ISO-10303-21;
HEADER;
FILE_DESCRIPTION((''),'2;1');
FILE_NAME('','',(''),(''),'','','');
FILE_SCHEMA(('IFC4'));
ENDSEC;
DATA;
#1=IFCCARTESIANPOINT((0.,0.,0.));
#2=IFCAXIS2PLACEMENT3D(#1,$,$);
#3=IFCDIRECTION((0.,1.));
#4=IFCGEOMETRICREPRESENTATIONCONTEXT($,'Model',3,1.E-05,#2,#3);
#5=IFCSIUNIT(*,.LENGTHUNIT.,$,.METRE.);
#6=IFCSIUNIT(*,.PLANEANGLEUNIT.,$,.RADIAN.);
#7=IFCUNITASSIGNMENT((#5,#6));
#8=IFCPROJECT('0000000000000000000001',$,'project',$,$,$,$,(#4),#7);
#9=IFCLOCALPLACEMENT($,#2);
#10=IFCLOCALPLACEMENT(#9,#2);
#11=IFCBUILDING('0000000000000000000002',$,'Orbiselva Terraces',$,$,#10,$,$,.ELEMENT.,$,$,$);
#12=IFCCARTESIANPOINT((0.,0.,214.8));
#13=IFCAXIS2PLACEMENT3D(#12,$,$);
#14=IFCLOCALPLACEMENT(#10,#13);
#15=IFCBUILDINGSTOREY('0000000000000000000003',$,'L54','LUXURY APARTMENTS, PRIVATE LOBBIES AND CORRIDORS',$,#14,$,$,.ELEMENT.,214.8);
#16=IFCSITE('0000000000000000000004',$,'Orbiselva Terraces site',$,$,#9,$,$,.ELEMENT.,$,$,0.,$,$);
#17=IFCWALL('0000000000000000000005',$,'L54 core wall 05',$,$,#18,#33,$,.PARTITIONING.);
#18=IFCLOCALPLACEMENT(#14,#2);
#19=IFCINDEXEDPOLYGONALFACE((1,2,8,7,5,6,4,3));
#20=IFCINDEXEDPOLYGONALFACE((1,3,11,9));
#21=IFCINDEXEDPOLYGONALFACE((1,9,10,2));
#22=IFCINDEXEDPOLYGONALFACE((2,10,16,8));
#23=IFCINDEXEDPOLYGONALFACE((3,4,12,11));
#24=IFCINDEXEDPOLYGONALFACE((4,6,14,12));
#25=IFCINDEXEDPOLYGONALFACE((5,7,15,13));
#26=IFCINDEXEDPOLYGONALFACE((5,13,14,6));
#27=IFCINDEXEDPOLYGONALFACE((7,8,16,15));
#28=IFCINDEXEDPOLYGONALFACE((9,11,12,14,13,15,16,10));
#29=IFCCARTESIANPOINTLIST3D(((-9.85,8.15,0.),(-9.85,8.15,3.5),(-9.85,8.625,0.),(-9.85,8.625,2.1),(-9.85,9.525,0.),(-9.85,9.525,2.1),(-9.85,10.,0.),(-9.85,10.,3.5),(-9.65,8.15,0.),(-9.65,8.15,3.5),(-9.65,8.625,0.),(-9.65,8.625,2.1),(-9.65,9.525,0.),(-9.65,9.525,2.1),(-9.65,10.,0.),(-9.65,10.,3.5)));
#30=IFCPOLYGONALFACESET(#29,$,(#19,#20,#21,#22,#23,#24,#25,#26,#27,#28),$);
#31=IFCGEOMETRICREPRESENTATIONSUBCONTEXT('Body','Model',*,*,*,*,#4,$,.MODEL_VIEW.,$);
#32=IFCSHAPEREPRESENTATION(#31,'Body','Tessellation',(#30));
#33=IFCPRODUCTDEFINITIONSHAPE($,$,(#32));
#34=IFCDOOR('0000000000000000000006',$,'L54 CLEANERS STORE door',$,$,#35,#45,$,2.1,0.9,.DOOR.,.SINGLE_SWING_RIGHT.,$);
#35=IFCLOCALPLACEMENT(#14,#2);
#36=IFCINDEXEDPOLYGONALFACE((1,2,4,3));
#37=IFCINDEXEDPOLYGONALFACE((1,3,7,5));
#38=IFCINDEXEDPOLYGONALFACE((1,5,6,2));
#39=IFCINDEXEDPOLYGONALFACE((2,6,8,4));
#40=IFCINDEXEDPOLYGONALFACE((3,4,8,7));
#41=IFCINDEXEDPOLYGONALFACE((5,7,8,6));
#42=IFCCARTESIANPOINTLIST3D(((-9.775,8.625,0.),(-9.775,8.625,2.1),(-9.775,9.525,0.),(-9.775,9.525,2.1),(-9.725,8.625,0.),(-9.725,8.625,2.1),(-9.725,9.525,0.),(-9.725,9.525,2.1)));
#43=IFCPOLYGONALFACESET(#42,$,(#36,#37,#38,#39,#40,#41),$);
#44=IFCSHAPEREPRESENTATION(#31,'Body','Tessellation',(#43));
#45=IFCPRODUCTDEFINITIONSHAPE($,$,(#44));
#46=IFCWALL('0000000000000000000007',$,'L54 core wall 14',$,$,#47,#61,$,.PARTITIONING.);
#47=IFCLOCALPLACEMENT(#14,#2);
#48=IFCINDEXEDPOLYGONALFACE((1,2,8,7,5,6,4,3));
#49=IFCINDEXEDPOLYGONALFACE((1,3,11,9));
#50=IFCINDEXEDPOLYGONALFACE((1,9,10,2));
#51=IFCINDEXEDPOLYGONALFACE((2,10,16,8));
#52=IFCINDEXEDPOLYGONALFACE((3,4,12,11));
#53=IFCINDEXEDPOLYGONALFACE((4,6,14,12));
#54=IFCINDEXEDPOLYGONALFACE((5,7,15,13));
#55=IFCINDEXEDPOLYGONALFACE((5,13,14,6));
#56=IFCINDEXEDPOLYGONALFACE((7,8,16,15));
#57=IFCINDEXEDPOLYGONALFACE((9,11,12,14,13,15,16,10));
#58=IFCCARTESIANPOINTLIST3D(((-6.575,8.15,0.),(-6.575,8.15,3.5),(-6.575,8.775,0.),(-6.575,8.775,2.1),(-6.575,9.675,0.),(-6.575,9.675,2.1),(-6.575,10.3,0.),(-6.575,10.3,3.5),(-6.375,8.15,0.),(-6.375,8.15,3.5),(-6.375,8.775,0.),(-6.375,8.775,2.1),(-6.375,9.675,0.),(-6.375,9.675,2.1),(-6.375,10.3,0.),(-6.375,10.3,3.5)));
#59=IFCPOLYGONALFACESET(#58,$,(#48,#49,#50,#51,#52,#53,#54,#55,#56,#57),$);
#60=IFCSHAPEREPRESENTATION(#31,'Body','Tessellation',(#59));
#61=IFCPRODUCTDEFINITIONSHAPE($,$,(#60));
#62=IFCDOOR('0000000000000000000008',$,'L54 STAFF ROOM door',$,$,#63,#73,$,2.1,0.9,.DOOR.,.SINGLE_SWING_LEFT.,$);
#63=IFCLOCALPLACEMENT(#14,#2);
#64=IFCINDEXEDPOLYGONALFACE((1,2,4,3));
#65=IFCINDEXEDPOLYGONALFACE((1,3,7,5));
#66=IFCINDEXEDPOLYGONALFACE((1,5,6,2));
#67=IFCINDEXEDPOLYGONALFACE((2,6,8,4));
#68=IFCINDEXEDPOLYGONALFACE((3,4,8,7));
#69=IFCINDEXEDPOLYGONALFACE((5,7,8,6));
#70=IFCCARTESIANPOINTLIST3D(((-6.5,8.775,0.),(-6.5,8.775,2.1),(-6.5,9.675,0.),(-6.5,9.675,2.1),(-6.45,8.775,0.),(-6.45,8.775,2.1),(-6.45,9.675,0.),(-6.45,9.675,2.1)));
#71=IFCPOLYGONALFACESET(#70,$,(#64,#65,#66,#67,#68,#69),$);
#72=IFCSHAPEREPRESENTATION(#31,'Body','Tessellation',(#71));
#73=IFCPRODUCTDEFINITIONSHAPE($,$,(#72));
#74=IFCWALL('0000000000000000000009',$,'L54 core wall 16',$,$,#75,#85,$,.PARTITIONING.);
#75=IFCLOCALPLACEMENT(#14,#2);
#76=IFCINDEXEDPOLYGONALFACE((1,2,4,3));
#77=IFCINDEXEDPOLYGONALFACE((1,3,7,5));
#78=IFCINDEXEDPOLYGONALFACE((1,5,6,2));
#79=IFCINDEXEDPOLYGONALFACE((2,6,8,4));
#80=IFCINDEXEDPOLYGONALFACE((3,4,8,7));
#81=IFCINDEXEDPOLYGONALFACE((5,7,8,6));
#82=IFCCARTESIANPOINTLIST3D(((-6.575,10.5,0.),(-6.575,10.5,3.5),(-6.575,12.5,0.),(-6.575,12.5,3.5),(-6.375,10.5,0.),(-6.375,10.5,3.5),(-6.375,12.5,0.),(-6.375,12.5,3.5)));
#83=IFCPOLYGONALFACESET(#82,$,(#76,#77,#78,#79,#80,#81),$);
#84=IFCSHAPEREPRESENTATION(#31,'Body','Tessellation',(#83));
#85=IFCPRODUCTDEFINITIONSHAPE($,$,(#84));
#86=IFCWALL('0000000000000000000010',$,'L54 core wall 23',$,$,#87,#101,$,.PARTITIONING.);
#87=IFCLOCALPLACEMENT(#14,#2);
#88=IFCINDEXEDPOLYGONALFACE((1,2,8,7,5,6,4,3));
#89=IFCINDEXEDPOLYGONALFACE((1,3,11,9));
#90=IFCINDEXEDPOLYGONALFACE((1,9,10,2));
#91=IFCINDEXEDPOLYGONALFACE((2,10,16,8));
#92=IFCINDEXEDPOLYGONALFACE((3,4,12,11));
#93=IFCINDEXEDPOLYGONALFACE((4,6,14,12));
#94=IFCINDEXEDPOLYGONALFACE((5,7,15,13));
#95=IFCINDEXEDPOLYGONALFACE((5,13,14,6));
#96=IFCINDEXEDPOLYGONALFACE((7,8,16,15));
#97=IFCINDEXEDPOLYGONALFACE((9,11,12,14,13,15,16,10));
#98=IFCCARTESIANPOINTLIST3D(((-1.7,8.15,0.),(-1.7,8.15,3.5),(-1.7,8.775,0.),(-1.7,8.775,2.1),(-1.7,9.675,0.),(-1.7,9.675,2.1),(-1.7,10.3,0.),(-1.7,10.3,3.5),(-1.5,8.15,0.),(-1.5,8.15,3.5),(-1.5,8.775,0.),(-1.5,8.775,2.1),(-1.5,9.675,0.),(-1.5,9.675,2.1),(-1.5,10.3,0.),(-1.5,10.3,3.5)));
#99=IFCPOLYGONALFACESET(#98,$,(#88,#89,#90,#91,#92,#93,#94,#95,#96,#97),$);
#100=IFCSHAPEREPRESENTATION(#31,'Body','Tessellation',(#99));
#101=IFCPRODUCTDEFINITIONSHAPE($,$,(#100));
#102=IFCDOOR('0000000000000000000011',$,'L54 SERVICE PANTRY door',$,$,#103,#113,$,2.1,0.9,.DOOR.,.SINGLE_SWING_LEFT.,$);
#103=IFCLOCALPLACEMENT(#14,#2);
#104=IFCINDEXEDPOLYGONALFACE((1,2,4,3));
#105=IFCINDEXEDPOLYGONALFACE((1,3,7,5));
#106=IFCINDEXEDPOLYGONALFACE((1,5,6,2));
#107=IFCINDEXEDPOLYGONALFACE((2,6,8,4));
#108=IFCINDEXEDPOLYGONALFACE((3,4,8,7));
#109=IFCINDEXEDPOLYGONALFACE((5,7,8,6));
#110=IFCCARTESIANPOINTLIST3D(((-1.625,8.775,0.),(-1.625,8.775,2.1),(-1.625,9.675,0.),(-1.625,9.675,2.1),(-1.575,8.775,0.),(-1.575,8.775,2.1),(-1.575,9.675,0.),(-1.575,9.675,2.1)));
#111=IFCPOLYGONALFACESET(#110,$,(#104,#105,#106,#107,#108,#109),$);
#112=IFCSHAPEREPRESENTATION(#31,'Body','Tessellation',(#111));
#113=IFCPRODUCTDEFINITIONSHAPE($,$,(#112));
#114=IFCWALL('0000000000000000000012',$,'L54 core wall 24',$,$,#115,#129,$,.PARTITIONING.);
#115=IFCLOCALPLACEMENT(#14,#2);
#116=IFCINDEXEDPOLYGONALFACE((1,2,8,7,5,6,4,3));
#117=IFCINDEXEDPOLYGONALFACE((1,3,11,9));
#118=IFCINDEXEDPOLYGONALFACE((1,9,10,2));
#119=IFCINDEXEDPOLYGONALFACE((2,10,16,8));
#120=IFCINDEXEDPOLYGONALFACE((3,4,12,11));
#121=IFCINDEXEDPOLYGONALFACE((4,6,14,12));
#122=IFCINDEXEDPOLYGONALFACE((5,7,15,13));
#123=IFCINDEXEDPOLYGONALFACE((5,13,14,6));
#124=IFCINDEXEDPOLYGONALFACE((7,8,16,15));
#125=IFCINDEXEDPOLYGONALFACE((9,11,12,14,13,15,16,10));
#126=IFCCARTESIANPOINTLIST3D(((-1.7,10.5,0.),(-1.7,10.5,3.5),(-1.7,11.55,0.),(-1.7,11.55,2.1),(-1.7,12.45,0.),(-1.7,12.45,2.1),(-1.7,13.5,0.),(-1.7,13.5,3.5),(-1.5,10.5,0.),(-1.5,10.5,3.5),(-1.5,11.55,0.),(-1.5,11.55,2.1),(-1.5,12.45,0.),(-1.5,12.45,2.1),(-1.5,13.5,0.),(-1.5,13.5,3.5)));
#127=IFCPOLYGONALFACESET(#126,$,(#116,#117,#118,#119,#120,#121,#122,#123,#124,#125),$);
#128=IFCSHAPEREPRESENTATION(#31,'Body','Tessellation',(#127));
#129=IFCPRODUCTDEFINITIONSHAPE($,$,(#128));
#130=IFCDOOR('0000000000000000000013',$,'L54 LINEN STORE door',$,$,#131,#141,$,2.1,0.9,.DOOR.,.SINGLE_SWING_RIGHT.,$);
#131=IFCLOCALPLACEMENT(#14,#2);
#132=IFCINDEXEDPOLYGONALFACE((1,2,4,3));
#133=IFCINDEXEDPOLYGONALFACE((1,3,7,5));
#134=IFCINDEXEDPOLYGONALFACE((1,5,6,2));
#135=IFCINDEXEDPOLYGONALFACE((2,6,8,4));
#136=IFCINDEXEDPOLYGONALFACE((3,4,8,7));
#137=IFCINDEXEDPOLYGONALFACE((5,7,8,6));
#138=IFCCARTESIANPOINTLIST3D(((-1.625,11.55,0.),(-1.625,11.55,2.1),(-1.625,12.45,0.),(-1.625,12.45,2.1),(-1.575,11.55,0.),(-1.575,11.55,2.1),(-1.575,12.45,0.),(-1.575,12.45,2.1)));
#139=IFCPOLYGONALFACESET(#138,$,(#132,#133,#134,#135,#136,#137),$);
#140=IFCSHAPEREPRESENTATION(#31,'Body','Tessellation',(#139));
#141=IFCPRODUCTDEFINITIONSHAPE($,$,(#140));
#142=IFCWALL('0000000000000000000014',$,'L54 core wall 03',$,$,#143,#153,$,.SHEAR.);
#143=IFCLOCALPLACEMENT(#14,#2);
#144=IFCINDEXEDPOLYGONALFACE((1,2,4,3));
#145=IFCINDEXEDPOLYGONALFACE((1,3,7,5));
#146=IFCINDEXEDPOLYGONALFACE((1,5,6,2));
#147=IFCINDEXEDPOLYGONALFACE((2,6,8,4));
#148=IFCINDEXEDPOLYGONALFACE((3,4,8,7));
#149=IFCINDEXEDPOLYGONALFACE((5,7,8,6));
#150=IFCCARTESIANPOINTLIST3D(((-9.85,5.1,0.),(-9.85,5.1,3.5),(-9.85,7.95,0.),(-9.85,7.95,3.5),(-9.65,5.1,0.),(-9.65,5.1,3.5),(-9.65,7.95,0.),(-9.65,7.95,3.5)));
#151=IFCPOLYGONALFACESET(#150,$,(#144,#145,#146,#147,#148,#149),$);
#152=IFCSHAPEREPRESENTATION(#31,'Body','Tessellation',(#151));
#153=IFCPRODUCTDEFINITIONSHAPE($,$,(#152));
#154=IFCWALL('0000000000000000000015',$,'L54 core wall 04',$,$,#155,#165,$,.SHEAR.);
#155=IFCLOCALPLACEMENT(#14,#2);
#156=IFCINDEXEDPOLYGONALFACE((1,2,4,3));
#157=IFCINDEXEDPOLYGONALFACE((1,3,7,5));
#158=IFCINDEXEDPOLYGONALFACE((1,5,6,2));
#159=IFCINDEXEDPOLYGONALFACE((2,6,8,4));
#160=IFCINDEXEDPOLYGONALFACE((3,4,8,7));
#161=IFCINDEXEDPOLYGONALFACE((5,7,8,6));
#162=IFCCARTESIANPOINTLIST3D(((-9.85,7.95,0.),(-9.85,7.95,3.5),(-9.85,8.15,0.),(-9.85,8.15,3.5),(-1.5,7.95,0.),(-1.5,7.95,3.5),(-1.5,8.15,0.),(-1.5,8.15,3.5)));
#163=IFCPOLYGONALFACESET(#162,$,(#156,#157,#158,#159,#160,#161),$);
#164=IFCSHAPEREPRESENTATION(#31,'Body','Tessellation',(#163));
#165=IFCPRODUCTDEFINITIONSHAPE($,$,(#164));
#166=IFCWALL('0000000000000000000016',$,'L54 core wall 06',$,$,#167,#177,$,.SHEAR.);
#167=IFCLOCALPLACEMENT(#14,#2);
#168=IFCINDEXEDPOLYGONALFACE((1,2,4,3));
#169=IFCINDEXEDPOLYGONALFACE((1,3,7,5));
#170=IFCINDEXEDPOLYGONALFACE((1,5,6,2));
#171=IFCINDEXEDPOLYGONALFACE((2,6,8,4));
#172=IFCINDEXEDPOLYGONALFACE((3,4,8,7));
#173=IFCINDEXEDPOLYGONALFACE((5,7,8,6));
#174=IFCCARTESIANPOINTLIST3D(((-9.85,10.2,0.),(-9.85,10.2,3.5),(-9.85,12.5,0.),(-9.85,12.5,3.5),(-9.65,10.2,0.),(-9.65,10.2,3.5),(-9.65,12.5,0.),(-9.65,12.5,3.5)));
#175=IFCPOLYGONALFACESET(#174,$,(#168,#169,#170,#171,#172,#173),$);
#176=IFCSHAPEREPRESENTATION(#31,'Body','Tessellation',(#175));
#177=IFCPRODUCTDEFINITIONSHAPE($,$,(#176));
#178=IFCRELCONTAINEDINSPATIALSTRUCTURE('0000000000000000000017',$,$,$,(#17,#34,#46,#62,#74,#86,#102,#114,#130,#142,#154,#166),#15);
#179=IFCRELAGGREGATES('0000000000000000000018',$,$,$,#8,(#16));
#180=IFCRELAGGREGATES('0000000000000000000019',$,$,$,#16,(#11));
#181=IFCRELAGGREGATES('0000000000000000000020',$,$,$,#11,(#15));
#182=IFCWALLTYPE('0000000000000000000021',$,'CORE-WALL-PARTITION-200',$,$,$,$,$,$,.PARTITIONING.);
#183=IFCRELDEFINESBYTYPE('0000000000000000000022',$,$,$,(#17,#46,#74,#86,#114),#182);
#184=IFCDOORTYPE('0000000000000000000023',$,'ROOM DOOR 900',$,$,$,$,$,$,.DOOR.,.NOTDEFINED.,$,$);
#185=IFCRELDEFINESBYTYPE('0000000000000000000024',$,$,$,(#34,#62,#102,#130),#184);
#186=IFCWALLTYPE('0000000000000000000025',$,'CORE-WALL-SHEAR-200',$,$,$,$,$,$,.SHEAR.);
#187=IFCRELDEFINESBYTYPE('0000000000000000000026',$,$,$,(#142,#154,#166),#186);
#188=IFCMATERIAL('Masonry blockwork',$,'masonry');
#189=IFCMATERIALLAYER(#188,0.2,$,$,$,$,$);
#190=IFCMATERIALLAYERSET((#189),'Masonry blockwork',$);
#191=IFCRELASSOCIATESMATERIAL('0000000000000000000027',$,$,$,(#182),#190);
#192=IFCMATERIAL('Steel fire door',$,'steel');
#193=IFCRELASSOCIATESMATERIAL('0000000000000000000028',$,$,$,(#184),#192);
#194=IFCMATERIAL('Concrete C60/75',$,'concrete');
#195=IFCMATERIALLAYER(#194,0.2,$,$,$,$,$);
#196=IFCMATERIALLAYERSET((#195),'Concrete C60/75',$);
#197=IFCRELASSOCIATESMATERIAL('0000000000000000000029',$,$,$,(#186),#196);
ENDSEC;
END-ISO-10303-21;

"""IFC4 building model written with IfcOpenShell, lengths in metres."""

from ifc_helpers import new_model, si_unit, direction, frame, frame_2d, origin, place, context, subcontext, project, spatial, rectangle, extrude, material, layer, layer_set, type_object, element, fill, save


model = new_model("IFC4")

# Units and contexts
model_context = context("Model", 3, precision=1e-05, world=origin(), true_north=direction((0.0, 1.0)))
body_context = subcontext(model_context, "Body", "Model", "MODEL_VIEW")
ifc_project = project(units=[si_unit("LENGTHUNIT", "METRE"), si_unit("PLANEANGLEUNIT", "RADIAN")], contexts=[model_context])

# Site, building, storey
site_placement = place(None, origin())
site = spatial("IfcSite", under=ifc_project, at=site_placement, Name="Orbiselva Terraces site", CompositionType="ELEMENT", RefElevation=0.0)
building_placement = place(site_placement, origin())
building = spatial("IfcBuilding", under=site, at=building_placement, Name="Orbiselva Terraces", CompositionType="ELEMENT")
storey_placement = place(building_placement, frame((0.0, 0.0, 214.8)))
storey = spatial("IfcBuildingStorey", under=building, at=storey_placement, Name="L54", Description="LUXURY APARTMENTS, PRIVATE LOBBIES AND CORRIDORS", CompositionType="ELEMENT", Elevation=214.8)

# Walls, openings, doors
ifc_material_1 = material(Name="Masonry blockwork", Category="masonry")
ifc_layer_1 = layer(ifc_material_1, 0.2)
ifc_layer_set_1 = layer_set([ifc_layer_1], Name="Masonry blockwork")
wall_type_1 = type_object("IfcWallType", Name="CORE-WALL-PARTITION-200", PredefinedType="PARTITIONING", material=ifc_layer_set_1)
wall_1_placement = place(storey_placement, frame((-9.75, 8.15, 0.0), z_axis=(0.0, 0.0, 1.0), x_axis=(0.0, 1.0, 0.0)))
wall_1 = element("IfcWall", 1, at=wall_1_placement, inside=storey, type_object=wall_type_1, Name="L54 core wall 05", PredefinedType="PARTITIONING", context=body_context, shape_type="SweptSolid", body=[
    extrude(rectangle(XDim=1.85, YDim=0.2, at=frame_2d((0.925, 0.0))), origin(), (0.0, 0.0, 1.0), 3.5),
])
opening_1_placement = place(wall_1_placement, frame((0.475, 0.0, 0.0)))
opening_1 = element("IfcOpeningElement", 2, at=opening_1_placement, cuts=wall_1, PredefinedType="OPENING", context=body_context, shape_type="SweptSolid", body=[
    extrude(rectangle(XDim=0.9, YDim=2.1, at=frame_2d((0.45, 1.05))), frame((0.0, 0.11, 0.0), z_axis=(0.0, -1.0, 0.0), x_axis=(1.0, 0.0, 0.0)), (0.0, 0.0, 1.0), 0.22),
])
ifc_material_2 = material(Name="Steel fire door", Category="steel")
door_type = type_object("IfcDoorType", Name="ROOM DOOR 900", OperationType="NOTDEFINED", PredefinedType="DOOR", material=ifc_material_2)
door_1_placement = place(opening_1_placement, origin())
door_1 = element("IfcDoor", 3, at=door_1_placement, inside=storey, type_object=door_type, Name="L54 CLEANERS STORE door", OperationType="SINGLE_SWING_RIGHT", OverallHeight=2.1, OverallWidth=0.9, PredefinedType="DOOR", context=body_context, shape_type="SweptSolid", body=[
    extrude(rectangle(XDim=0.9, YDim=2.1, at=frame_2d((0.45, 1.05))), frame((0.0, 0.025, 0.0), z_axis=(0.0, -1.0, 0.0), x_axis=(1.0, 0.0, 0.0)), (0.0, 0.0, 1.0), 0.05),
])
fill(opening_1, door_1)
wall_2_placement = place(storey_placement, frame((-6.475, 8.15, 0.0), z_axis=(0.0, 0.0, 1.0), x_axis=(0.0, 1.0, 0.0)))
wall_2 = element("IfcWall", 4, at=wall_2_placement, inside=storey, type_object=wall_type_1, Name="L54 core wall 14", PredefinedType="PARTITIONING", context=body_context, shape_type="SweptSolid", body=[
    extrude(rectangle(XDim=2.15, YDim=0.2, at=frame_2d((1.075, 0.0))), origin(), (0.0, 0.0, 1.0), 3.5),
])
opening_2_placement = place(wall_2_placement, frame((0.625, 0.0, 0.0)))
opening_2 = element("IfcOpeningElement", 5, at=opening_2_placement, cuts=wall_2, PredefinedType="OPENING", context=body_context, shape_type="SweptSolid", body=[
    extrude(rectangle(XDim=0.9, YDim=2.1, at=frame_2d((0.45, 1.05))), frame((0.0, 0.11, 0.0), z_axis=(0.0, -1.0, 0.0), x_axis=(1.0, 0.0, 0.0)), (0.0, 0.0, 1.0), 0.22),
])
door_2_placement = place(opening_2_placement, origin())
door_2 = element("IfcDoor", 6, at=door_2_placement, inside=storey, type_object=door_type, Name="L54 STAFF ROOM door", OperationType="SINGLE_SWING_LEFT", OverallHeight=2.1, OverallWidth=0.9, PredefinedType="DOOR", context=body_context, shape_type="SweptSolid", body=[
    extrude(rectangle(XDim=0.9, YDim=2.1, at=frame_2d((0.45, 1.05))), frame((0.0, 0.025, 0.0), z_axis=(0.0, -1.0, 0.0), x_axis=(1.0, 0.0, 0.0)), (0.0, 0.0, 1.0), 0.05),
])
fill(opening_2, door_2)

# Wall
wall_3_placement = place(storey_placement, frame((-6.475, 10.5, 0.0), z_axis=(0.0, 0.0, 1.0), x_axis=(0.0, 1.0, 0.0)))
element("IfcWall", 7, at=wall_3_placement, inside=storey, type_object=wall_type_1, Name="L54 core wall 16", PredefinedType="PARTITIONING", context=body_context, shape_type="SweptSolid", body=[
    extrude(rectangle(XDim=2.0, YDim=0.2, at=frame_2d((1.0, 0.0))), origin(), (0.0, 0.0, 1.0), 3.5),
])

# Walls, openings, doors
wall_4_placement = place(storey_placement, frame((-1.6, 8.15, 0.0), z_axis=(0.0, 0.0, 1.0), x_axis=(0.0, 1.0, 0.0)))
wall_4 = element("IfcWall", 8, at=wall_4_placement, inside=storey, type_object=wall_type_1, Name="L54 core wall 23", PredefinedType="PARTITIONING", context=body_context, shape_type="SweptSolid", body=[
    extrude(rectangle(XDim=2.15, YDim=0.2, at=frame_2d((1.075, 0.0))), origin(), (0.0, 0.0, 1.0), 3.5),
])
opening_3_placement = place(wall_4_placement, frame((0.625, 0.0, 0.0)))
opening_3 = element("IfcOpeningElement", 9, at=opening_3_placement, cuts=wall_4, PredefinedType="OPENING", context=body_context, shape_type="SweptSolid", body=[
    extrude(rectangle(XDim=0.9, YDim=2.1, at=frame_2d((0.45, 1.05))), frame((0.0, 0.11, 0.0), z_axis=(0.0, -1.0, 0.0), x_axis=(1.0, 0.0, 0.0)), (0.0, 0.0, 1.0), 0.22),
])
door_3_placement = place(opening_3_placement, origin())
door_3 = element("IfcDoor", 10, at=door_3_placement, inside=storey, type_object=door_type, Name="L54 SERVICE PANTRY door", OperationType="SINGLE_SWING_LEFT", OverallHeight=2.1, OverallWidth=0.9, PredefinedType="DOOR", context=body_context, shape_type="SweptSolid", body=[
    extrude(rectangle(XDim=0.9, YDim=2.1, at=frame_2d((0.45, 1.05))), frame((0.0, 0.025, 0.0), z_axis=(0.0, -1.0, 0.0), x_axis=(1.0, 0.0, 0.0)), (0.0, 0.0, 1.0), 0.05),
])
fill(opening_3, door_3)
wall_5_placement = place(storey_placement, frame((-1.6, 10.5, 0.0), z_axis=(0.0, 0.0, 1.0), x_axis=(0.0, 1.0, 0.0)))
wall_5 = element("IfcWall", 11, at=wall_5_placement, inside=storey, type_object=wall_type_1, Name="L54 core wall 24", PredefinedType="PARTITIONING", context=body_context, shape_type="SweptSolid", body=[
    extrude(rectangle(XDim=3.0, YDim=0.2, at=frame_2d((1.5, 0.0))), origin(), (0.0, 0.0, 1.0), 3.5),
])
opening_4_placement = place(wall_5_placement, frame((1.05, 0.0, 0.0)))
opening_4 = element("IfcOpeningElement", 12, at=opening_4_placement, cuts=wall_5, PredefinedType="OPENING", context=body_context, shape_type="SweptSolid", body=[
    extrude(rectangle(XDim=0.9, YDim=2.1, at=frame_2d((0.45, 1.05))), frame((0.0, 0.11, 0.0), z_axis=(0.0, -1.0, 0.0), x_axis=(1.0, 0.0, 0.0)), (0.0, 0.0, 1.0), 0.22),
])
door_4_placement = place(opening_4_placement, origin())
door_4 = element("IfcDoor", 13, at=door_4_placement, inside=storey, type_object=door_type, Name="L54 LINEN STORE door", OperationType="SINGLE_SWING_RIGHT", OverallHeight=2.1, OverallWidth=0.9, PredefinedType="DOOR", context=body_context, shape_type="SweptSolid", body=[
    extrude(rectangle(XDim=0.9, YDim=2.1, at=frame_2d((0.45, 1.05))), frame((0.0, 0.025, 0.0), z_axis=(0.0, -1.0, 0.0), x_axis=(1.0, 0.0, 0.0)), (0.0, 0.0, 1.0), 0.05),
])
fill(opening_4, door_4)

# Walls
ifc_material_3 = material(Name="Concrete C60/75", Category="concrete")
ifc_layer_2 = layer(ifc_material_3, 0.2)
ifc_layer_set_2 = layer_set([ifc_layer_2], Name="Concrete C60/75")
wall_type_2 = type_object("IfcWallType", Name="CORE-WALL-SHEAR-200", PredefinedType="SHEAR", material=ifc_layer_set_2)
wall_6_placement = place(storey_placement, frame((-9.75, 5.1, 0.0), z_axis=(0.0, 0.0, 1.0), x_axis=(0.0, 1.0, 0.0)))
element("IfcWall", 14, at=wall_6_placement, inside=storey, type_object=wall_type_2, Name="L54 core wall 03", PredefinedType="SHEAR", context=body_context, shape_type="SweptSolid", body=[
    extrude(rectangle(XDim=2.85, YDim=0.2, at=frame_2d((1.425, 0.0))), origin(), (0.0, 0.0, 1.0), 3.5),
])
wall_7_placement = place(storey_placement, frame((-9.85, 8.05, 0.0), z_axis=(0.0, 0.0, 1.0), x_axis=(1.0, 0.0, 0.0)))
element("IfcWall", 15, at=wall_7_placement, inside=storey, type_object=wall_type_2, Name="L54 core wall 04", PredefinedType="SHEAR", context=body_context, shape_type="SweptSolid", body=[
    extrude(rectangle(XDim=8.35, YDim=0.2, at=frame_2d((4.175, 0.0))), origin(), (0.0, 0.0, 1.0), 3.5),
])
wall_8_placement = place(storey_placement, frame((-9.75, 10.2, 0.0), z_axis=(0.0, 0.0, 1.0), x_axis=(0.0, 1.0, 0.0)))
element("IfcWall", 16, at=wall_8_placement, inside=storey, type_object=wall_type_2, Name="L54 core wall 06", PredefinedType="SHEAR", context=body_context, shape_type="SweptSolid", body=[
    extrude(rectangle(XDim=2.3, YDim=0.2, at=frame_2d((1.15, 0.0))), origin(), (0.0, 0.0, 1.0), 3.5),
])

save(model, "model.ifc")
